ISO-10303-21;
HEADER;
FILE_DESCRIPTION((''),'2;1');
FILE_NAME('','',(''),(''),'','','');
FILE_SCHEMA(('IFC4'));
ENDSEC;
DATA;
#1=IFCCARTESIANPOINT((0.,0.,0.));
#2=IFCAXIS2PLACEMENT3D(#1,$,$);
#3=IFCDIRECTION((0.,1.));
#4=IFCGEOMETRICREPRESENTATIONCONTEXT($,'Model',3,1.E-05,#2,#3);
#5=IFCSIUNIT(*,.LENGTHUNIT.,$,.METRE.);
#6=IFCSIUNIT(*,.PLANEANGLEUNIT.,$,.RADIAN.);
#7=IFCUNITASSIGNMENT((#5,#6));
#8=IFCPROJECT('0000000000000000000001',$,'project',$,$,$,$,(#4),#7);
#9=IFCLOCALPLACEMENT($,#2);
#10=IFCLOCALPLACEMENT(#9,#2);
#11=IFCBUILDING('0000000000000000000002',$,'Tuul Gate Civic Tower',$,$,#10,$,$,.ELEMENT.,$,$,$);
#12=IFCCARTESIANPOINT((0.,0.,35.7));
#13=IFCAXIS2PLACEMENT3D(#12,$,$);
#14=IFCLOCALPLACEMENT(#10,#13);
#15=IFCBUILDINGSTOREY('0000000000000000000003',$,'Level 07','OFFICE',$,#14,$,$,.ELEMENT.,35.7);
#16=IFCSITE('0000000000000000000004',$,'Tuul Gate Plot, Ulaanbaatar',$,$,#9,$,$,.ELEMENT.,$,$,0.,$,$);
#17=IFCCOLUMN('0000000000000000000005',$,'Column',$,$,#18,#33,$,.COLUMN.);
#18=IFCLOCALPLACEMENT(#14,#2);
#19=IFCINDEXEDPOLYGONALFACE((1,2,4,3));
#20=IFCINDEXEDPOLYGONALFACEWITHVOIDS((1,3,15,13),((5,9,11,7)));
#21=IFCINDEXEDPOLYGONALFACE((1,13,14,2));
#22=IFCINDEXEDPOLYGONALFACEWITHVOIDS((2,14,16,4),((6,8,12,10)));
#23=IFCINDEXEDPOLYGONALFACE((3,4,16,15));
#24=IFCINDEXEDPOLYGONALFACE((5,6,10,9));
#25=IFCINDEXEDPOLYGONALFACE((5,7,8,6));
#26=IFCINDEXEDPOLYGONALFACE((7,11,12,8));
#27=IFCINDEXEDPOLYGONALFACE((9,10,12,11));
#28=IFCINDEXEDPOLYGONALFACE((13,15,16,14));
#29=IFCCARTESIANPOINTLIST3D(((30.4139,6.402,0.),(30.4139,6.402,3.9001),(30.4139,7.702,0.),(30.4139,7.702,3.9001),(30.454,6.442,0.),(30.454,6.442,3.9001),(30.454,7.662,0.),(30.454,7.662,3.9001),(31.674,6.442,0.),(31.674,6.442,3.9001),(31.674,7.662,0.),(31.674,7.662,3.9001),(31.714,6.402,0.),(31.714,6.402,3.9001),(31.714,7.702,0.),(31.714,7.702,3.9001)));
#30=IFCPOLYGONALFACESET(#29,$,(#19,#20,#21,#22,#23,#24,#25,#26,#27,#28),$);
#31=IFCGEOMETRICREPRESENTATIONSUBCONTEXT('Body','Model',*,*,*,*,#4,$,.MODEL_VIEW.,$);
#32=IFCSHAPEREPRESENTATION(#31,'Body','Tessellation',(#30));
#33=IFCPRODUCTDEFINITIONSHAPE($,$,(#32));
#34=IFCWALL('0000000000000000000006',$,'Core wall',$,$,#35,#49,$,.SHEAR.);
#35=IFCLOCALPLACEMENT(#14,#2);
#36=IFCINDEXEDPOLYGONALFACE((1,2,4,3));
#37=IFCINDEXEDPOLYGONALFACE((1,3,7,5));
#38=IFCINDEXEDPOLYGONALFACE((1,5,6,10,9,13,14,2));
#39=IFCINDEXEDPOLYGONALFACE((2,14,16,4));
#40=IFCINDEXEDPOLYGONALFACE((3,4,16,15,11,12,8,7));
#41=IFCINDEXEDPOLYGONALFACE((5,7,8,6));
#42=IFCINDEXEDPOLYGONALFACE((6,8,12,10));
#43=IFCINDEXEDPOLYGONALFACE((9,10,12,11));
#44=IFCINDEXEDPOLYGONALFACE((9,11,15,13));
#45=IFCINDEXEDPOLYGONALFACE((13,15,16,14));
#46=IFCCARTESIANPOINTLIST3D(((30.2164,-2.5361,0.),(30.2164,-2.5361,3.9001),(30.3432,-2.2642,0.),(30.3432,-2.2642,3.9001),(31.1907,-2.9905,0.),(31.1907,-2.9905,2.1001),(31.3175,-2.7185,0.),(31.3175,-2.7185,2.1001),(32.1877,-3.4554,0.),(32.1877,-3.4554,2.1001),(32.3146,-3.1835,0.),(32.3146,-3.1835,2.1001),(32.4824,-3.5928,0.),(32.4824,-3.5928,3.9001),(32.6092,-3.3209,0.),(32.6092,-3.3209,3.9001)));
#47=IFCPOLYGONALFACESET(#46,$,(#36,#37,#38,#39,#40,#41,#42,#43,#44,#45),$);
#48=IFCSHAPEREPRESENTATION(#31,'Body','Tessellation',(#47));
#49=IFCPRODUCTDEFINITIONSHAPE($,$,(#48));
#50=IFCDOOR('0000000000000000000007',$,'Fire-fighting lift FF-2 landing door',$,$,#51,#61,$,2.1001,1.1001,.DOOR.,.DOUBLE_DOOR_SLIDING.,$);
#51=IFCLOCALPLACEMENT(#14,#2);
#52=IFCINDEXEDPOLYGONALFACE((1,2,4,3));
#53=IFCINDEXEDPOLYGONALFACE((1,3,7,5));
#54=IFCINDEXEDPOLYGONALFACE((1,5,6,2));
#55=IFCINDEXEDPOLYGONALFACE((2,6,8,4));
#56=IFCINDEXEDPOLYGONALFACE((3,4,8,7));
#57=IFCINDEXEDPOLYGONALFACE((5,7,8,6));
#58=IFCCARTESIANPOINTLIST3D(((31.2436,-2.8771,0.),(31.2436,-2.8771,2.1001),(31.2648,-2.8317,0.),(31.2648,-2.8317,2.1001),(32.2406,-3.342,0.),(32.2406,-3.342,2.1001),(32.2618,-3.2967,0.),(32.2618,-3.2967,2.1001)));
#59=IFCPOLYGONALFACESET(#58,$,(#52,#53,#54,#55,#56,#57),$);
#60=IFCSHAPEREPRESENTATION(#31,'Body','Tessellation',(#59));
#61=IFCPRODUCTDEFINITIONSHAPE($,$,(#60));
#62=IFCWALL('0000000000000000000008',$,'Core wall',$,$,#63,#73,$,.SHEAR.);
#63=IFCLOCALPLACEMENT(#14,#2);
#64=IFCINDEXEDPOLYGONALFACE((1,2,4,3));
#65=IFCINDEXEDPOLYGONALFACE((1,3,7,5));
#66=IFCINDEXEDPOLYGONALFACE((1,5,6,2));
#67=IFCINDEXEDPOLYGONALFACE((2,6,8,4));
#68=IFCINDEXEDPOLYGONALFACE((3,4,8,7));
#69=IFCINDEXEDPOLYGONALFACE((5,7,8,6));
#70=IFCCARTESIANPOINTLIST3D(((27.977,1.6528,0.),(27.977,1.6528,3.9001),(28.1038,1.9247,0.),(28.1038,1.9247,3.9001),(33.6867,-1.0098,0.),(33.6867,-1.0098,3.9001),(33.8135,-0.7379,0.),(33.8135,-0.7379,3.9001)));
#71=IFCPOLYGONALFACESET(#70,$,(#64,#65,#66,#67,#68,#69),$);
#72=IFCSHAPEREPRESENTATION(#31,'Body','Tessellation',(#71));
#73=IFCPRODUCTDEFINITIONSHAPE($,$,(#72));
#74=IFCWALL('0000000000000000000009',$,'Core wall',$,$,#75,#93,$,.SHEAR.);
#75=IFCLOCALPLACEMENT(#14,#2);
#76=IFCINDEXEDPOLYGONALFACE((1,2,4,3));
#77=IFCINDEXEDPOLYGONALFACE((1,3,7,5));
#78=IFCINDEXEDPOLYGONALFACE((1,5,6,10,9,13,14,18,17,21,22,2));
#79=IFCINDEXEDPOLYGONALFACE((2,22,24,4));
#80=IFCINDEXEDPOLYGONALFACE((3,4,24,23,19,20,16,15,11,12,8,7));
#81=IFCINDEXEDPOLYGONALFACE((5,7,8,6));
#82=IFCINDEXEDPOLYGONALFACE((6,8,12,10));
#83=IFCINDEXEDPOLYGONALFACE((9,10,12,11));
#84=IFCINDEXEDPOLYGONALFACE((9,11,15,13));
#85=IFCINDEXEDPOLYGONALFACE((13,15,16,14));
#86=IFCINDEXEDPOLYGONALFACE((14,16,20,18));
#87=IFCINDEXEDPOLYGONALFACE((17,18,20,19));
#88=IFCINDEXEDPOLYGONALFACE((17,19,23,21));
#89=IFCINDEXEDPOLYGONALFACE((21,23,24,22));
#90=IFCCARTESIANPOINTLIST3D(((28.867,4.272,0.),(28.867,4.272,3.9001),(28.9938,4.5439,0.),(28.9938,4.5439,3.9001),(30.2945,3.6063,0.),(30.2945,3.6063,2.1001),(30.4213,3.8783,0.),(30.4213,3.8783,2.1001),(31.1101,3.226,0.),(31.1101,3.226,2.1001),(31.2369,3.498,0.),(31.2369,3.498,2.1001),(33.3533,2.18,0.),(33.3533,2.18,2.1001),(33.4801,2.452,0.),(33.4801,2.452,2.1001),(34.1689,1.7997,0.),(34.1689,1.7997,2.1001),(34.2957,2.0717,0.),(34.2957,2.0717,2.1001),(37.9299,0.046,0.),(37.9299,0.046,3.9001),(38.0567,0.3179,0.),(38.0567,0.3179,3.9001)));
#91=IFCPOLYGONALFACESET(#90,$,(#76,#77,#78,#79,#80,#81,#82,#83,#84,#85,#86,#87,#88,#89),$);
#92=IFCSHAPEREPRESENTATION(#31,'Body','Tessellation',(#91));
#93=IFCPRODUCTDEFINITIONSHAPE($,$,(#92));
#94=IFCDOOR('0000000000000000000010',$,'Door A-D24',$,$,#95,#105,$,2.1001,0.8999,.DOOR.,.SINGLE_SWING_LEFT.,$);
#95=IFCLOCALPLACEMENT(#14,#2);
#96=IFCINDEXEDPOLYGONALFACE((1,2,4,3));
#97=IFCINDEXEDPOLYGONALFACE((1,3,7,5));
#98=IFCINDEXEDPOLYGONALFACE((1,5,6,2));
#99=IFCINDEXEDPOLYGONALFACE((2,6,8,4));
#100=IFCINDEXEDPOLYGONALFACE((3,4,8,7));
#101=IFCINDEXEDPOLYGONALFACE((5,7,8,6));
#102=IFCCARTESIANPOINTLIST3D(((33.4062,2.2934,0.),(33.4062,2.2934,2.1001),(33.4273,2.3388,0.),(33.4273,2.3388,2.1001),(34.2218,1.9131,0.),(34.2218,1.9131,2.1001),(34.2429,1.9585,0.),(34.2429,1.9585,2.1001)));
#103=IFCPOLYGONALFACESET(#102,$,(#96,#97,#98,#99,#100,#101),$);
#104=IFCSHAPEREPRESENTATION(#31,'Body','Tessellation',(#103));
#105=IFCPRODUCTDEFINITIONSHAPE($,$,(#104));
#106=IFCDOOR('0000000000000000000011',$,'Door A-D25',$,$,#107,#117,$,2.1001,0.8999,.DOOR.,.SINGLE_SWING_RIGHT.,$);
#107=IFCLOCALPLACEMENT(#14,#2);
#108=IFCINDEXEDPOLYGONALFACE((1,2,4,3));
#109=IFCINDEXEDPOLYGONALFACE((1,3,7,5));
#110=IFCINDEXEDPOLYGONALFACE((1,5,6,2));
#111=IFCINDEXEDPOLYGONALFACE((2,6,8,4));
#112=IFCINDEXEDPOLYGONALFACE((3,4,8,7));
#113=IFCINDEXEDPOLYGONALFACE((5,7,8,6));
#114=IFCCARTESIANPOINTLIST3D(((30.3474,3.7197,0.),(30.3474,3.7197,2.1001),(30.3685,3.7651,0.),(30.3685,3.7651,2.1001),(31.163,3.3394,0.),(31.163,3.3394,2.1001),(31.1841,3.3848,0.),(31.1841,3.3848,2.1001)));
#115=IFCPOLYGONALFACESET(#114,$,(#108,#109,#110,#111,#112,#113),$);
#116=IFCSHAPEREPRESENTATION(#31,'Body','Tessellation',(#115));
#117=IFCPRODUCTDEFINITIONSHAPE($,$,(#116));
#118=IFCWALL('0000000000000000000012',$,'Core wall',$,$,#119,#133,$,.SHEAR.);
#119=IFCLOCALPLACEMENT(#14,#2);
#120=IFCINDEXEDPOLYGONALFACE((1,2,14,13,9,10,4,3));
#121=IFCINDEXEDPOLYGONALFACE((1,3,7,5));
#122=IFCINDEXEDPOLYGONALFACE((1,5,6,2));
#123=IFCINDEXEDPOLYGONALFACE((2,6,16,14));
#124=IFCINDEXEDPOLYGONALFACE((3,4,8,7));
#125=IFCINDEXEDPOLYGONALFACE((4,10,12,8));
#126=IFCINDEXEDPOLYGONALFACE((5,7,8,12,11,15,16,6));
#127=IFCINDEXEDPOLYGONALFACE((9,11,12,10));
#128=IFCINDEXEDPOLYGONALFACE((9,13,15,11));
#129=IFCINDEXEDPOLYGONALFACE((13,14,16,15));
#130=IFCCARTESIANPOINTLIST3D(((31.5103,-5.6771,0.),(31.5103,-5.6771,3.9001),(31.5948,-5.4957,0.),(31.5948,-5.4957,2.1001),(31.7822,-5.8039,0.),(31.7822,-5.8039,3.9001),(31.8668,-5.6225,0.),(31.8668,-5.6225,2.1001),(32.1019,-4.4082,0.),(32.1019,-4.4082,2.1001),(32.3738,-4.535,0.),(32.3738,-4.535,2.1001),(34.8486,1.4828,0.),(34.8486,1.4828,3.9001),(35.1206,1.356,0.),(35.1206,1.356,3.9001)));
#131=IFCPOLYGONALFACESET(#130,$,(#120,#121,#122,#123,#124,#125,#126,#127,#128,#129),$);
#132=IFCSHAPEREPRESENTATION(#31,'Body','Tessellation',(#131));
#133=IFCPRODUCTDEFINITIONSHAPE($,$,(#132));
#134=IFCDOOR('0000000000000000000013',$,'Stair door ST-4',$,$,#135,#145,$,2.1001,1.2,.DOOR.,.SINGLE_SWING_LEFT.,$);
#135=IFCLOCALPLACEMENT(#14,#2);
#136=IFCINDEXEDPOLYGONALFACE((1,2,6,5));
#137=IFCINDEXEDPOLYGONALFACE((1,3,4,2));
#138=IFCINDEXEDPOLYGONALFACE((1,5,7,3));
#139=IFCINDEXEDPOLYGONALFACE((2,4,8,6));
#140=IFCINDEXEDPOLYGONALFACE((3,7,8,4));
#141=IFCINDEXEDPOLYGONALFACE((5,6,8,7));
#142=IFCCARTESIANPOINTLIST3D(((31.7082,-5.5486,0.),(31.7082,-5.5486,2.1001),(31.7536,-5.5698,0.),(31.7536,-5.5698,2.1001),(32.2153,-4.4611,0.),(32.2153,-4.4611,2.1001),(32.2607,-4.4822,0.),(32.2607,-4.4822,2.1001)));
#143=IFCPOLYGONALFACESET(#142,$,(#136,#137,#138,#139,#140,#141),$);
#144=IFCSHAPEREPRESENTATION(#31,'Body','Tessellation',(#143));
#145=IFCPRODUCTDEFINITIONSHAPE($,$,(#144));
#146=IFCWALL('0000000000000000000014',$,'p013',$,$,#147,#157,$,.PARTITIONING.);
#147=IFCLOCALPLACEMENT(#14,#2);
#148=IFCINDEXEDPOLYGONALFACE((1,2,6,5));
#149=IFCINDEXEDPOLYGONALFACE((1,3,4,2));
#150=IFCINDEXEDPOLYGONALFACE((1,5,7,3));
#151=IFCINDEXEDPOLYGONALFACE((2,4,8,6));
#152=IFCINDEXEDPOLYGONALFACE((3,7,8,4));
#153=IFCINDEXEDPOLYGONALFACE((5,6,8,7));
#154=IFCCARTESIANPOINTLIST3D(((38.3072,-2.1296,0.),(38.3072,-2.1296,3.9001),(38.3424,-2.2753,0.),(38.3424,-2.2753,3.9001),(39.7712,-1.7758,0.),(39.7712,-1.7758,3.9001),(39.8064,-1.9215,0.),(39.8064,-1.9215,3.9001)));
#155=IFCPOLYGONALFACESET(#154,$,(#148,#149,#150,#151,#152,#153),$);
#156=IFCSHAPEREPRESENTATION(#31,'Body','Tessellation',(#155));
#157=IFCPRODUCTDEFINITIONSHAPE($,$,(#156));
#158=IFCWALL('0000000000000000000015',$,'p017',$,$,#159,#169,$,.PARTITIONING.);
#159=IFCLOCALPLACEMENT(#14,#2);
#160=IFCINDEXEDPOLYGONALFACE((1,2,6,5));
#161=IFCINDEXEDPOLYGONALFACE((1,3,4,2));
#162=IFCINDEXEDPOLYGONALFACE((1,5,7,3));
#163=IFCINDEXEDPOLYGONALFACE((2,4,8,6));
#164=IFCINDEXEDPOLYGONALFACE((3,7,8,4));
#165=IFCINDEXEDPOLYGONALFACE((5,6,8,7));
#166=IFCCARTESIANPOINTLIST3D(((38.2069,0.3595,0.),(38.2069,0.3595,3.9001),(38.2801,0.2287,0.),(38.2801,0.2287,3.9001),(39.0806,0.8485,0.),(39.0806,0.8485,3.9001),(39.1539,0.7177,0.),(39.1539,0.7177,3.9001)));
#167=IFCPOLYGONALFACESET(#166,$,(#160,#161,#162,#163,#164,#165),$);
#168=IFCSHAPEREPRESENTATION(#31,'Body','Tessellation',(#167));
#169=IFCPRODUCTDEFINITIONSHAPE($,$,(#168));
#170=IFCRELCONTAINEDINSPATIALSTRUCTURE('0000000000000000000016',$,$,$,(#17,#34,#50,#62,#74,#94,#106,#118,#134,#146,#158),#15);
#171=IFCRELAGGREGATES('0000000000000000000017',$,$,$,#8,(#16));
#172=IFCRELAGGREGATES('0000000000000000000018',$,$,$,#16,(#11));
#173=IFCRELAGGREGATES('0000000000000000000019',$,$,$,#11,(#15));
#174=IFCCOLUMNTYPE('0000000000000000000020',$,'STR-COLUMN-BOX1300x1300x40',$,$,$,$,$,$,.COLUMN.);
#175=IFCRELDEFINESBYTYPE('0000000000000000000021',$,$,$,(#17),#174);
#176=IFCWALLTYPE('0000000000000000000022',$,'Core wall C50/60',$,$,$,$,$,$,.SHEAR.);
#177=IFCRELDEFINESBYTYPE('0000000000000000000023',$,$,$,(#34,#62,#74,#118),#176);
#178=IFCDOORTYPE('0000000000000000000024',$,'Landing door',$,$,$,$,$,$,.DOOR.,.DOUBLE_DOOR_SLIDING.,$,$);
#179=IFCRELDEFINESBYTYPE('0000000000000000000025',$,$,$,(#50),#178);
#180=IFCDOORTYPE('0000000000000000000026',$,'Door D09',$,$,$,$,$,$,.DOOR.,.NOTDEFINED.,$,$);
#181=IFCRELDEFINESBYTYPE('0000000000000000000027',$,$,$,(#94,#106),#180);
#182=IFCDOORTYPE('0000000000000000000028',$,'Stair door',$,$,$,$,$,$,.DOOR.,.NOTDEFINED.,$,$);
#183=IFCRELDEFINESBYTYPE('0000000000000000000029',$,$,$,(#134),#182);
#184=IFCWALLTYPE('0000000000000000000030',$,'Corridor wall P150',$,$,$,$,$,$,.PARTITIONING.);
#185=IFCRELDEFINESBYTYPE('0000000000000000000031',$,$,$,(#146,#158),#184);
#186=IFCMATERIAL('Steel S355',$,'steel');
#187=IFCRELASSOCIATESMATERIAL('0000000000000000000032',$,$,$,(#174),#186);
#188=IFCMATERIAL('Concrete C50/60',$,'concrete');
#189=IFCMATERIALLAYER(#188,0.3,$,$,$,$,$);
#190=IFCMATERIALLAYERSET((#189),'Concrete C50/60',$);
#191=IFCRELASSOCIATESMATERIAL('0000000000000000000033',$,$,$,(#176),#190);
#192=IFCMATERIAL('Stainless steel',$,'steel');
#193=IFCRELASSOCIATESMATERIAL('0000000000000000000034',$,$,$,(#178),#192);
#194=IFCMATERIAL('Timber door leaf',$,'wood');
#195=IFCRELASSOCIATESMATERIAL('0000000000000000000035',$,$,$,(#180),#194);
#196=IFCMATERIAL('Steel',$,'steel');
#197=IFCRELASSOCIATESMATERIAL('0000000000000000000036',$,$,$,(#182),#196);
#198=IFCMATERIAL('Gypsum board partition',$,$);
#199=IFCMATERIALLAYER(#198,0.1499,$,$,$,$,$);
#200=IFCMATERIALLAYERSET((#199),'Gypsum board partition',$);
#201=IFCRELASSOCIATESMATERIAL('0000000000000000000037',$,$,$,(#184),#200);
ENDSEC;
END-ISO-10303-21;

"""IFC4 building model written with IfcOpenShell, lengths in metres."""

from ifc_helpers import new_model, si_unit, direction, frame, frame_2d, origin, origin_2d, place, context, subcontext, project, spatial, rectangle, hollow_rectangle, extrude, material, layer, layer_set, material_profile, profile_set, type_object, element, fill, save


model = new_model("IFC4")

# Units and contexts
model_context = context("Model", 3, precision=1e-05, world=origin(), true_north=direction((0.0, 1.0)))
body_context = subcontext(model_context, "Body", "Model", "MODEL_VIEW")
ifc_project = project(units=[si_unit("LENGTHUNIT", "METRE"), si_unit("PLANEANGLEUNIT", "RADIAN")], contexts=[model_context])

# Site, building, storey
site_placement = place(None, origin())
site = spatial("IfcSite", under=ifc_project, at=site_placement, Name="Tuul Gate Plot, Ulaanbaatar", CompositionType="ELEMENT", RefElevation=0.0)
building_placement = place(site_placement, origin())
building = spatial("IfcBuilding", under=site, at=building_placement, Name="Tuul Gate Civic Tower", CompositionType="ELEMENT")
storey_placement = place(building_placement, frame((0.0, 0.0, 35.7)))
storey = spatial("IfcBuildingStorey", under=building, at=storey_placement, Name="Level 07", Description="OFFICE", CompositionType="ELEMENT", Elevation=35.7)

# Column
ifc_material_1 = material(Name="Steel S355", Category="steel")
ifc_material_profile = material_profile(ifc_material_1, hollow_rectangle(XDim=1.3, YDim=1.3, WallThickness=0.04, at=origin_2d()), Name="BOX1300x1300x40")
ifc_profile_set = profile_set([ifc_material_profile], Name="Steel S355")
column_type = type_object("IfcColumnType", Name="STR-COLUMN-BOX1300x1300x40", PredefinedType="COLUMN", material=ifc_profile_set)
column_placement = place(storey_placement, frame((31.064, 7.052, 0.0), z_axis=(0.0, 0.0, 1.0), x_axis=(1.0, 0.0, 0.0)))
element("IfcColumn", 1, at=column_placement, inside=storey, type_object=column_type, Name="Column", PredefinedType="COLUMN", context=body_context, shape_type="SweptSolid", body=[
    extrude(hollow_rectangle(XDim=1.3, YDim=1.3, WallThickness=0.04, at=origin_2d()), origin(), (0.0, 0.0, 1.0), 3.9001),
])

# Wall, opening, door
ifc_material_2 = material(Name="Concrete C50/60", Category="concrete")
ifc_layer_1 = layer(ifc_material_2, 0.3)
ifc_layer_set_1 = layer_set([ifc_layer_1], Name="Concrete C50/60")
wall_type_1 = type_object("IfcWallType", Name="Core wall C50/60", PredefinedType="SHEAR", material=ifc_layer_set_1)
wall_1_placement = place(storey_placement, frame((32.5457, -3.4568, 0.0), z_axis=(0.0, 0.0, 1.0), x_axis=(-0.9063, 0.422634, 0.0)))
wall_1 = element("IfcWall", 2, at=wall_1_placement, inside=storey, type_object=wall_type_1, Name="Core wall", PredefinedType="SHEAR", context=body_context, shape_type="SweptSolid", body=[
    extrude(rectangle(XDim=2.5002, YDim=0.3, at=frame_2d((1.25, 0.0))), origin(), (0.0, 0.0, 1.0), 3.9001),
])
opening_1_placement = place(wall_1_placement, frame((0.325, 0.0, 0.0)))
opening_1 = element("IfcOpeningElement", 3, at=opening_1_placement, cuts=wall_1, PredefinedType="OPENING", context=body_context, shape_type="SweptSolid", body=[
    extrude(rectangle(XDim=1.1001, YDim=2.1001, at=frame_2d((0.55, 1.05))), frame((0.0, 0.1602, 0.0), z_axis=(0.0, -1.0, 0.0), x_axis=(1.0, 0.0, 0.0)), (0.0, 0.0, 1.0), 0.3201),
])
ifc_material_3 = material(Name="Stainless steel", Category="steel")
door_type_1 = type_object("IfcDoorType", Name="Landing door", OperationType="DOUBLE_DOOR_SLIDING", PredefinedType="DOOR", material=ifc_material_3)
door_1_placement = place(opening_1_placement, origin())
door_1 = element("IfcDoor", 4, at=door_1_placement, inside=storey, type_object=door_type_1, Name="Fire-fighting lift FF-2 landing door", OperationType="DOUBLE_DOOR_SLIDING", OverallHeight=2.1001, OverallWidth=1.1001, PredefinedType="DOOR", context=body_context, shape_type="SweptSolid", body=[
    extrude(rectangle(XDim=1.1001, YDim=2.1001, at=frame_2d((0.55, 1.05))), frame((0.0, 0.0249, 0.0), z_axis=(0.0, -1.0, 0.0), x_axis=(1.0, 0.0, 0.0)), (0.0, 0.0, 1.0), 0.05),
])
fill(opening_1, door_1)

# Wall
wall_2_placement = place(storey_placement, frame((33.75, -0.8738, 0.0), z_axis=(0.0, 0.0, 1.0), x_axis=(-0.906301, 0.422633, 0.0)))
element("IfcWall", 5, at=wall_2_placement, inside=storey, type_object=wall_type_1, Name="Core wall", PredefinedType="SHEAR", context=body_context, shape_type="SweptSolid", body=[
    extrude(rectangle(XDim=6.3, YDim=0.3, at=frame_2d((3.1499, 0.0))), origin(), (0.0, 0.0, 1.0), 3.9001),
])

# Wall, openings, doors
wall_3_placement = place(storey_placement, frame((37.9934, 0.1819, 0.0), z_axis=(0.0, 0.0, 1.0), x_axis=(-0.90631, 0.422613, 0.0)))
wall_3 = element("IfcWall", 6, at=wall_3_placement, inside=storey, type_object=wall_type_1, Name="Core wall", PredefinedType="SHEAR", context=body_context, shape_type="SweptSolid", body=[
    extrude(rectangle(XDim=9.9998, YDim=0.3, at=frame_2d((5.0, 0.0))), origin(), (0.0, 0.0, 1.0), 3.9001),
])
opening_2_placement = place(wall_3_placement, frame((4.1499, 0.0, 0.0)))
opening_2 = element("IfcOpeningElement", 7, at=opening_2_placement, cuts=wall_3, PredefinedType="OPENING", context=body_context, shape_type="SweptSolid", body=[
    extrude(rectangle(XDim=0.8999, YDim=2.1001, at=frame_2d((0.45, 1.05))), frame((0.0, 0.1602, 0.0), z_axis=(0.0, -1.0, 0.0), x_axis=(1.0, 0.0, 0.0)), (0.0, 0.0, 1.0), 0.3201),
])
opening_3_placement = place(wall_3_placement, frame((7.5249, 0.0, 0.0)))
opening_3 = element("IfcOpeningElement", 8, at=opening_3_placement, cuts=wall_3, PredefinedType="OPENING", context=body_context, shape_type="SweptSolid", body=[
    extrude(rectangle(XDim=0.8999, YDim=2.1001, at=frame_2d((0.45, 1.05))), frame((0.0, 0.1602, 0.0), z_axis=(0.0, -1.0, 0.0), x_axis=(1.0, 0.0, 0.0)), (0.0, 0.0, 1.0), 0.3201),
])
ifc_material_4 = material(Name="Timber door leaf", Category="wood")
door_type_2 = type_object("IfcDoorType", Name="Door D09", OperationType="NOTDEFINED", PredefinedType="DOOR", material=ifc_material_4)
door_2_placement = place(opening_2_placement, origin())
door_2 = element("IfcDoor", 9, at=door_2_placement, inside=storey, type_object=door_type_2, Name="Door A-D24", OperationType="SINGLE_SWING_LEFT", OverallHeight=2.1001, OverallWidth=0.8999, PredefinedType="DOOR", context=body_context, shape_type="SweptSolid", body=[
    extrude(rectangle(XDim=0.8999, YDim=2.1001, at=frame_2d((0.45, 1.05))), frame((0.0, 0.0249, 0.0), z_axis=(0.0, -1.0, 0.0), x_axis=(1.0, 0.0, 0.0)), (0.0, 0.0, 1.0), 0.05),
])
fill(opening_2, door_2)
door_3_placement = place(opening_3_placement, origin())
door_3 = element("IfcDoor", 10, at=door_3_placement, inside=storey, type_object=door_type_2, Name="Door A-D25", OperationType="SINGLE_SWING_RIGHT", OverallHeight=2.1001, OverallWidth=0.8999, PredefinedType="DOOR", context=body_context, shape_type="SweptSolid", body=[
    extrude(rectangle(XDim=0.8999, YDim=2.1001, at=frame_2d((0.45, 1.05))), frame((0.0, 0.0249, 0.0), z_axis=(0.0, -1.0, 0.0), x_axis=(1.0, 0.0, 0.0)), (0.0, 0.0, 1.0), 0.05),
])
fill(opening_3, door_3)

# Wall, opening, door
wall_4_placement = place(storey_placement, frame((31.6462, -5.7405, 0.0), z_axis=(0.0, 0.0, 1.0), x_axis=(0.422583, 0.906324, 0.0)))
wall_4 = element("IfcWall", 11, at=wall_4_placement, inside=storey, type_object=wall_type_1, Name="Core wall", PredefinedType="SHEAR", context=body_context, shape_type="SweptSolid", body=[
    extrude(rectangle(XDim=7.8999, YDim=0.3, at=frame_2d((3.95, 0.0))), origin(), (0.0, 0.0, 1.0), 3.9001),
])
opening_4_placement = place(wall_4_placement, frame((0.2, 0.0, 0.0)))
opening_4 = element("IfcOpeningElement", 12, at=opening_4_placement, cuts=wall_4, PredefinedType="OPENING", context=body_context, shape_type="SweptSolid", body=[
    extrude(rectangle(XDim=1.2, YDim=2.1001, at=frame_2d((0.6001, 1.05))), frame((0.0, 0.1602, 0.0), z_axis=(0.0, -1.0, 0.0), x_axis=(1.0, 0.0, 0.0)), (0.0, 0.0, 1.0), 0.3201),
])
ifc_material_5 = material(Name="Steel", Category="steel")
door_type_3 = type_object("IfcDoorType", Name="Stair door", OperationType="NOTDEFINED", PredefinedType="DOOR", material=ifc_material_5)
door_4_placement = place(opening_4_placement, origin())
door_4 = element("IfcDoor", 13, at=door_4_placement, inside=storey, type_object=door_type_3, Name="Stair door ST-4", OperationType="SINGLE_SWING_LEFT", OverallHeight=2.1001, OverallWidth=1.2, PredefinedType="DOOR", context=body_context, shape_type="SweptSolid", body=[
    extrude(rectangle(XDim=1.2, YDim=2.1001, at=frame_2d((0.6001, 1.05))), frame((0.0, 0.0249, 0.0), z_axis=(0.0, -1.0, 0.0), x_axis=(1.0, 0.0, 0.0)), (0.0, 0.0, 1.0), 0.05),
])
fill(opening_4, door_4)

# Walls
ifc_material_6 = material(Name="Gypsum board partition")
ifc_layer_2 = layer(ifc_material_6, 0.1499)
ifc_layer_set_2 = layer_set([ifc_layer_2], Name="Gypsum board partition")
wall_type_2 = type_object("IfcWallType", Name="Corridor wall P150", PredefinedType="PARTITIONING", material=ifc_layer_set_2)
wall_5_placement = place(storey_placement, frame((38.325, -2.2024, 0.0), z_axis=(0.0, 0.0, 1.0), x_axis=(0.97202, 0.234899, 0.0)))
element("IfcWall", 14, at=wall_5_placement, inside=storey, type_object=wall_type_2, Name="p013", PredefinedType="PARTITIONING", context=body_context, shape_type="SweptSolid", body=[
    extrude(rectangle(XDim=1.5061, YDim=0.1499, at=frame_2d((0.7529, 0.0))), origin(), (0.0, 0.0, 1.0), 3.9001),
])
wall_6_placement = place(storey_placement, frame((38.2437, 0.2942, 0.0), z_axis=(0.0, 0.0, 1.0), x_axis=(0.872635, 0.488373, 0.0)))
element("IfcWall", 15, at=wall_6_placement, inside=storey, type_object=wall_type_2, Name="p017", PredefinedType="PARTITIONING", context=body_context, shape_type="SweptSolid", body=[
    extrude(rectangle(XDim=1.0012, YDim=0.1499, at=frame_2d((0.5005, 0.0))), origin(), (0.0, 0.0, 1.0), 3.9001),
])

save(model, "model.ifc")
